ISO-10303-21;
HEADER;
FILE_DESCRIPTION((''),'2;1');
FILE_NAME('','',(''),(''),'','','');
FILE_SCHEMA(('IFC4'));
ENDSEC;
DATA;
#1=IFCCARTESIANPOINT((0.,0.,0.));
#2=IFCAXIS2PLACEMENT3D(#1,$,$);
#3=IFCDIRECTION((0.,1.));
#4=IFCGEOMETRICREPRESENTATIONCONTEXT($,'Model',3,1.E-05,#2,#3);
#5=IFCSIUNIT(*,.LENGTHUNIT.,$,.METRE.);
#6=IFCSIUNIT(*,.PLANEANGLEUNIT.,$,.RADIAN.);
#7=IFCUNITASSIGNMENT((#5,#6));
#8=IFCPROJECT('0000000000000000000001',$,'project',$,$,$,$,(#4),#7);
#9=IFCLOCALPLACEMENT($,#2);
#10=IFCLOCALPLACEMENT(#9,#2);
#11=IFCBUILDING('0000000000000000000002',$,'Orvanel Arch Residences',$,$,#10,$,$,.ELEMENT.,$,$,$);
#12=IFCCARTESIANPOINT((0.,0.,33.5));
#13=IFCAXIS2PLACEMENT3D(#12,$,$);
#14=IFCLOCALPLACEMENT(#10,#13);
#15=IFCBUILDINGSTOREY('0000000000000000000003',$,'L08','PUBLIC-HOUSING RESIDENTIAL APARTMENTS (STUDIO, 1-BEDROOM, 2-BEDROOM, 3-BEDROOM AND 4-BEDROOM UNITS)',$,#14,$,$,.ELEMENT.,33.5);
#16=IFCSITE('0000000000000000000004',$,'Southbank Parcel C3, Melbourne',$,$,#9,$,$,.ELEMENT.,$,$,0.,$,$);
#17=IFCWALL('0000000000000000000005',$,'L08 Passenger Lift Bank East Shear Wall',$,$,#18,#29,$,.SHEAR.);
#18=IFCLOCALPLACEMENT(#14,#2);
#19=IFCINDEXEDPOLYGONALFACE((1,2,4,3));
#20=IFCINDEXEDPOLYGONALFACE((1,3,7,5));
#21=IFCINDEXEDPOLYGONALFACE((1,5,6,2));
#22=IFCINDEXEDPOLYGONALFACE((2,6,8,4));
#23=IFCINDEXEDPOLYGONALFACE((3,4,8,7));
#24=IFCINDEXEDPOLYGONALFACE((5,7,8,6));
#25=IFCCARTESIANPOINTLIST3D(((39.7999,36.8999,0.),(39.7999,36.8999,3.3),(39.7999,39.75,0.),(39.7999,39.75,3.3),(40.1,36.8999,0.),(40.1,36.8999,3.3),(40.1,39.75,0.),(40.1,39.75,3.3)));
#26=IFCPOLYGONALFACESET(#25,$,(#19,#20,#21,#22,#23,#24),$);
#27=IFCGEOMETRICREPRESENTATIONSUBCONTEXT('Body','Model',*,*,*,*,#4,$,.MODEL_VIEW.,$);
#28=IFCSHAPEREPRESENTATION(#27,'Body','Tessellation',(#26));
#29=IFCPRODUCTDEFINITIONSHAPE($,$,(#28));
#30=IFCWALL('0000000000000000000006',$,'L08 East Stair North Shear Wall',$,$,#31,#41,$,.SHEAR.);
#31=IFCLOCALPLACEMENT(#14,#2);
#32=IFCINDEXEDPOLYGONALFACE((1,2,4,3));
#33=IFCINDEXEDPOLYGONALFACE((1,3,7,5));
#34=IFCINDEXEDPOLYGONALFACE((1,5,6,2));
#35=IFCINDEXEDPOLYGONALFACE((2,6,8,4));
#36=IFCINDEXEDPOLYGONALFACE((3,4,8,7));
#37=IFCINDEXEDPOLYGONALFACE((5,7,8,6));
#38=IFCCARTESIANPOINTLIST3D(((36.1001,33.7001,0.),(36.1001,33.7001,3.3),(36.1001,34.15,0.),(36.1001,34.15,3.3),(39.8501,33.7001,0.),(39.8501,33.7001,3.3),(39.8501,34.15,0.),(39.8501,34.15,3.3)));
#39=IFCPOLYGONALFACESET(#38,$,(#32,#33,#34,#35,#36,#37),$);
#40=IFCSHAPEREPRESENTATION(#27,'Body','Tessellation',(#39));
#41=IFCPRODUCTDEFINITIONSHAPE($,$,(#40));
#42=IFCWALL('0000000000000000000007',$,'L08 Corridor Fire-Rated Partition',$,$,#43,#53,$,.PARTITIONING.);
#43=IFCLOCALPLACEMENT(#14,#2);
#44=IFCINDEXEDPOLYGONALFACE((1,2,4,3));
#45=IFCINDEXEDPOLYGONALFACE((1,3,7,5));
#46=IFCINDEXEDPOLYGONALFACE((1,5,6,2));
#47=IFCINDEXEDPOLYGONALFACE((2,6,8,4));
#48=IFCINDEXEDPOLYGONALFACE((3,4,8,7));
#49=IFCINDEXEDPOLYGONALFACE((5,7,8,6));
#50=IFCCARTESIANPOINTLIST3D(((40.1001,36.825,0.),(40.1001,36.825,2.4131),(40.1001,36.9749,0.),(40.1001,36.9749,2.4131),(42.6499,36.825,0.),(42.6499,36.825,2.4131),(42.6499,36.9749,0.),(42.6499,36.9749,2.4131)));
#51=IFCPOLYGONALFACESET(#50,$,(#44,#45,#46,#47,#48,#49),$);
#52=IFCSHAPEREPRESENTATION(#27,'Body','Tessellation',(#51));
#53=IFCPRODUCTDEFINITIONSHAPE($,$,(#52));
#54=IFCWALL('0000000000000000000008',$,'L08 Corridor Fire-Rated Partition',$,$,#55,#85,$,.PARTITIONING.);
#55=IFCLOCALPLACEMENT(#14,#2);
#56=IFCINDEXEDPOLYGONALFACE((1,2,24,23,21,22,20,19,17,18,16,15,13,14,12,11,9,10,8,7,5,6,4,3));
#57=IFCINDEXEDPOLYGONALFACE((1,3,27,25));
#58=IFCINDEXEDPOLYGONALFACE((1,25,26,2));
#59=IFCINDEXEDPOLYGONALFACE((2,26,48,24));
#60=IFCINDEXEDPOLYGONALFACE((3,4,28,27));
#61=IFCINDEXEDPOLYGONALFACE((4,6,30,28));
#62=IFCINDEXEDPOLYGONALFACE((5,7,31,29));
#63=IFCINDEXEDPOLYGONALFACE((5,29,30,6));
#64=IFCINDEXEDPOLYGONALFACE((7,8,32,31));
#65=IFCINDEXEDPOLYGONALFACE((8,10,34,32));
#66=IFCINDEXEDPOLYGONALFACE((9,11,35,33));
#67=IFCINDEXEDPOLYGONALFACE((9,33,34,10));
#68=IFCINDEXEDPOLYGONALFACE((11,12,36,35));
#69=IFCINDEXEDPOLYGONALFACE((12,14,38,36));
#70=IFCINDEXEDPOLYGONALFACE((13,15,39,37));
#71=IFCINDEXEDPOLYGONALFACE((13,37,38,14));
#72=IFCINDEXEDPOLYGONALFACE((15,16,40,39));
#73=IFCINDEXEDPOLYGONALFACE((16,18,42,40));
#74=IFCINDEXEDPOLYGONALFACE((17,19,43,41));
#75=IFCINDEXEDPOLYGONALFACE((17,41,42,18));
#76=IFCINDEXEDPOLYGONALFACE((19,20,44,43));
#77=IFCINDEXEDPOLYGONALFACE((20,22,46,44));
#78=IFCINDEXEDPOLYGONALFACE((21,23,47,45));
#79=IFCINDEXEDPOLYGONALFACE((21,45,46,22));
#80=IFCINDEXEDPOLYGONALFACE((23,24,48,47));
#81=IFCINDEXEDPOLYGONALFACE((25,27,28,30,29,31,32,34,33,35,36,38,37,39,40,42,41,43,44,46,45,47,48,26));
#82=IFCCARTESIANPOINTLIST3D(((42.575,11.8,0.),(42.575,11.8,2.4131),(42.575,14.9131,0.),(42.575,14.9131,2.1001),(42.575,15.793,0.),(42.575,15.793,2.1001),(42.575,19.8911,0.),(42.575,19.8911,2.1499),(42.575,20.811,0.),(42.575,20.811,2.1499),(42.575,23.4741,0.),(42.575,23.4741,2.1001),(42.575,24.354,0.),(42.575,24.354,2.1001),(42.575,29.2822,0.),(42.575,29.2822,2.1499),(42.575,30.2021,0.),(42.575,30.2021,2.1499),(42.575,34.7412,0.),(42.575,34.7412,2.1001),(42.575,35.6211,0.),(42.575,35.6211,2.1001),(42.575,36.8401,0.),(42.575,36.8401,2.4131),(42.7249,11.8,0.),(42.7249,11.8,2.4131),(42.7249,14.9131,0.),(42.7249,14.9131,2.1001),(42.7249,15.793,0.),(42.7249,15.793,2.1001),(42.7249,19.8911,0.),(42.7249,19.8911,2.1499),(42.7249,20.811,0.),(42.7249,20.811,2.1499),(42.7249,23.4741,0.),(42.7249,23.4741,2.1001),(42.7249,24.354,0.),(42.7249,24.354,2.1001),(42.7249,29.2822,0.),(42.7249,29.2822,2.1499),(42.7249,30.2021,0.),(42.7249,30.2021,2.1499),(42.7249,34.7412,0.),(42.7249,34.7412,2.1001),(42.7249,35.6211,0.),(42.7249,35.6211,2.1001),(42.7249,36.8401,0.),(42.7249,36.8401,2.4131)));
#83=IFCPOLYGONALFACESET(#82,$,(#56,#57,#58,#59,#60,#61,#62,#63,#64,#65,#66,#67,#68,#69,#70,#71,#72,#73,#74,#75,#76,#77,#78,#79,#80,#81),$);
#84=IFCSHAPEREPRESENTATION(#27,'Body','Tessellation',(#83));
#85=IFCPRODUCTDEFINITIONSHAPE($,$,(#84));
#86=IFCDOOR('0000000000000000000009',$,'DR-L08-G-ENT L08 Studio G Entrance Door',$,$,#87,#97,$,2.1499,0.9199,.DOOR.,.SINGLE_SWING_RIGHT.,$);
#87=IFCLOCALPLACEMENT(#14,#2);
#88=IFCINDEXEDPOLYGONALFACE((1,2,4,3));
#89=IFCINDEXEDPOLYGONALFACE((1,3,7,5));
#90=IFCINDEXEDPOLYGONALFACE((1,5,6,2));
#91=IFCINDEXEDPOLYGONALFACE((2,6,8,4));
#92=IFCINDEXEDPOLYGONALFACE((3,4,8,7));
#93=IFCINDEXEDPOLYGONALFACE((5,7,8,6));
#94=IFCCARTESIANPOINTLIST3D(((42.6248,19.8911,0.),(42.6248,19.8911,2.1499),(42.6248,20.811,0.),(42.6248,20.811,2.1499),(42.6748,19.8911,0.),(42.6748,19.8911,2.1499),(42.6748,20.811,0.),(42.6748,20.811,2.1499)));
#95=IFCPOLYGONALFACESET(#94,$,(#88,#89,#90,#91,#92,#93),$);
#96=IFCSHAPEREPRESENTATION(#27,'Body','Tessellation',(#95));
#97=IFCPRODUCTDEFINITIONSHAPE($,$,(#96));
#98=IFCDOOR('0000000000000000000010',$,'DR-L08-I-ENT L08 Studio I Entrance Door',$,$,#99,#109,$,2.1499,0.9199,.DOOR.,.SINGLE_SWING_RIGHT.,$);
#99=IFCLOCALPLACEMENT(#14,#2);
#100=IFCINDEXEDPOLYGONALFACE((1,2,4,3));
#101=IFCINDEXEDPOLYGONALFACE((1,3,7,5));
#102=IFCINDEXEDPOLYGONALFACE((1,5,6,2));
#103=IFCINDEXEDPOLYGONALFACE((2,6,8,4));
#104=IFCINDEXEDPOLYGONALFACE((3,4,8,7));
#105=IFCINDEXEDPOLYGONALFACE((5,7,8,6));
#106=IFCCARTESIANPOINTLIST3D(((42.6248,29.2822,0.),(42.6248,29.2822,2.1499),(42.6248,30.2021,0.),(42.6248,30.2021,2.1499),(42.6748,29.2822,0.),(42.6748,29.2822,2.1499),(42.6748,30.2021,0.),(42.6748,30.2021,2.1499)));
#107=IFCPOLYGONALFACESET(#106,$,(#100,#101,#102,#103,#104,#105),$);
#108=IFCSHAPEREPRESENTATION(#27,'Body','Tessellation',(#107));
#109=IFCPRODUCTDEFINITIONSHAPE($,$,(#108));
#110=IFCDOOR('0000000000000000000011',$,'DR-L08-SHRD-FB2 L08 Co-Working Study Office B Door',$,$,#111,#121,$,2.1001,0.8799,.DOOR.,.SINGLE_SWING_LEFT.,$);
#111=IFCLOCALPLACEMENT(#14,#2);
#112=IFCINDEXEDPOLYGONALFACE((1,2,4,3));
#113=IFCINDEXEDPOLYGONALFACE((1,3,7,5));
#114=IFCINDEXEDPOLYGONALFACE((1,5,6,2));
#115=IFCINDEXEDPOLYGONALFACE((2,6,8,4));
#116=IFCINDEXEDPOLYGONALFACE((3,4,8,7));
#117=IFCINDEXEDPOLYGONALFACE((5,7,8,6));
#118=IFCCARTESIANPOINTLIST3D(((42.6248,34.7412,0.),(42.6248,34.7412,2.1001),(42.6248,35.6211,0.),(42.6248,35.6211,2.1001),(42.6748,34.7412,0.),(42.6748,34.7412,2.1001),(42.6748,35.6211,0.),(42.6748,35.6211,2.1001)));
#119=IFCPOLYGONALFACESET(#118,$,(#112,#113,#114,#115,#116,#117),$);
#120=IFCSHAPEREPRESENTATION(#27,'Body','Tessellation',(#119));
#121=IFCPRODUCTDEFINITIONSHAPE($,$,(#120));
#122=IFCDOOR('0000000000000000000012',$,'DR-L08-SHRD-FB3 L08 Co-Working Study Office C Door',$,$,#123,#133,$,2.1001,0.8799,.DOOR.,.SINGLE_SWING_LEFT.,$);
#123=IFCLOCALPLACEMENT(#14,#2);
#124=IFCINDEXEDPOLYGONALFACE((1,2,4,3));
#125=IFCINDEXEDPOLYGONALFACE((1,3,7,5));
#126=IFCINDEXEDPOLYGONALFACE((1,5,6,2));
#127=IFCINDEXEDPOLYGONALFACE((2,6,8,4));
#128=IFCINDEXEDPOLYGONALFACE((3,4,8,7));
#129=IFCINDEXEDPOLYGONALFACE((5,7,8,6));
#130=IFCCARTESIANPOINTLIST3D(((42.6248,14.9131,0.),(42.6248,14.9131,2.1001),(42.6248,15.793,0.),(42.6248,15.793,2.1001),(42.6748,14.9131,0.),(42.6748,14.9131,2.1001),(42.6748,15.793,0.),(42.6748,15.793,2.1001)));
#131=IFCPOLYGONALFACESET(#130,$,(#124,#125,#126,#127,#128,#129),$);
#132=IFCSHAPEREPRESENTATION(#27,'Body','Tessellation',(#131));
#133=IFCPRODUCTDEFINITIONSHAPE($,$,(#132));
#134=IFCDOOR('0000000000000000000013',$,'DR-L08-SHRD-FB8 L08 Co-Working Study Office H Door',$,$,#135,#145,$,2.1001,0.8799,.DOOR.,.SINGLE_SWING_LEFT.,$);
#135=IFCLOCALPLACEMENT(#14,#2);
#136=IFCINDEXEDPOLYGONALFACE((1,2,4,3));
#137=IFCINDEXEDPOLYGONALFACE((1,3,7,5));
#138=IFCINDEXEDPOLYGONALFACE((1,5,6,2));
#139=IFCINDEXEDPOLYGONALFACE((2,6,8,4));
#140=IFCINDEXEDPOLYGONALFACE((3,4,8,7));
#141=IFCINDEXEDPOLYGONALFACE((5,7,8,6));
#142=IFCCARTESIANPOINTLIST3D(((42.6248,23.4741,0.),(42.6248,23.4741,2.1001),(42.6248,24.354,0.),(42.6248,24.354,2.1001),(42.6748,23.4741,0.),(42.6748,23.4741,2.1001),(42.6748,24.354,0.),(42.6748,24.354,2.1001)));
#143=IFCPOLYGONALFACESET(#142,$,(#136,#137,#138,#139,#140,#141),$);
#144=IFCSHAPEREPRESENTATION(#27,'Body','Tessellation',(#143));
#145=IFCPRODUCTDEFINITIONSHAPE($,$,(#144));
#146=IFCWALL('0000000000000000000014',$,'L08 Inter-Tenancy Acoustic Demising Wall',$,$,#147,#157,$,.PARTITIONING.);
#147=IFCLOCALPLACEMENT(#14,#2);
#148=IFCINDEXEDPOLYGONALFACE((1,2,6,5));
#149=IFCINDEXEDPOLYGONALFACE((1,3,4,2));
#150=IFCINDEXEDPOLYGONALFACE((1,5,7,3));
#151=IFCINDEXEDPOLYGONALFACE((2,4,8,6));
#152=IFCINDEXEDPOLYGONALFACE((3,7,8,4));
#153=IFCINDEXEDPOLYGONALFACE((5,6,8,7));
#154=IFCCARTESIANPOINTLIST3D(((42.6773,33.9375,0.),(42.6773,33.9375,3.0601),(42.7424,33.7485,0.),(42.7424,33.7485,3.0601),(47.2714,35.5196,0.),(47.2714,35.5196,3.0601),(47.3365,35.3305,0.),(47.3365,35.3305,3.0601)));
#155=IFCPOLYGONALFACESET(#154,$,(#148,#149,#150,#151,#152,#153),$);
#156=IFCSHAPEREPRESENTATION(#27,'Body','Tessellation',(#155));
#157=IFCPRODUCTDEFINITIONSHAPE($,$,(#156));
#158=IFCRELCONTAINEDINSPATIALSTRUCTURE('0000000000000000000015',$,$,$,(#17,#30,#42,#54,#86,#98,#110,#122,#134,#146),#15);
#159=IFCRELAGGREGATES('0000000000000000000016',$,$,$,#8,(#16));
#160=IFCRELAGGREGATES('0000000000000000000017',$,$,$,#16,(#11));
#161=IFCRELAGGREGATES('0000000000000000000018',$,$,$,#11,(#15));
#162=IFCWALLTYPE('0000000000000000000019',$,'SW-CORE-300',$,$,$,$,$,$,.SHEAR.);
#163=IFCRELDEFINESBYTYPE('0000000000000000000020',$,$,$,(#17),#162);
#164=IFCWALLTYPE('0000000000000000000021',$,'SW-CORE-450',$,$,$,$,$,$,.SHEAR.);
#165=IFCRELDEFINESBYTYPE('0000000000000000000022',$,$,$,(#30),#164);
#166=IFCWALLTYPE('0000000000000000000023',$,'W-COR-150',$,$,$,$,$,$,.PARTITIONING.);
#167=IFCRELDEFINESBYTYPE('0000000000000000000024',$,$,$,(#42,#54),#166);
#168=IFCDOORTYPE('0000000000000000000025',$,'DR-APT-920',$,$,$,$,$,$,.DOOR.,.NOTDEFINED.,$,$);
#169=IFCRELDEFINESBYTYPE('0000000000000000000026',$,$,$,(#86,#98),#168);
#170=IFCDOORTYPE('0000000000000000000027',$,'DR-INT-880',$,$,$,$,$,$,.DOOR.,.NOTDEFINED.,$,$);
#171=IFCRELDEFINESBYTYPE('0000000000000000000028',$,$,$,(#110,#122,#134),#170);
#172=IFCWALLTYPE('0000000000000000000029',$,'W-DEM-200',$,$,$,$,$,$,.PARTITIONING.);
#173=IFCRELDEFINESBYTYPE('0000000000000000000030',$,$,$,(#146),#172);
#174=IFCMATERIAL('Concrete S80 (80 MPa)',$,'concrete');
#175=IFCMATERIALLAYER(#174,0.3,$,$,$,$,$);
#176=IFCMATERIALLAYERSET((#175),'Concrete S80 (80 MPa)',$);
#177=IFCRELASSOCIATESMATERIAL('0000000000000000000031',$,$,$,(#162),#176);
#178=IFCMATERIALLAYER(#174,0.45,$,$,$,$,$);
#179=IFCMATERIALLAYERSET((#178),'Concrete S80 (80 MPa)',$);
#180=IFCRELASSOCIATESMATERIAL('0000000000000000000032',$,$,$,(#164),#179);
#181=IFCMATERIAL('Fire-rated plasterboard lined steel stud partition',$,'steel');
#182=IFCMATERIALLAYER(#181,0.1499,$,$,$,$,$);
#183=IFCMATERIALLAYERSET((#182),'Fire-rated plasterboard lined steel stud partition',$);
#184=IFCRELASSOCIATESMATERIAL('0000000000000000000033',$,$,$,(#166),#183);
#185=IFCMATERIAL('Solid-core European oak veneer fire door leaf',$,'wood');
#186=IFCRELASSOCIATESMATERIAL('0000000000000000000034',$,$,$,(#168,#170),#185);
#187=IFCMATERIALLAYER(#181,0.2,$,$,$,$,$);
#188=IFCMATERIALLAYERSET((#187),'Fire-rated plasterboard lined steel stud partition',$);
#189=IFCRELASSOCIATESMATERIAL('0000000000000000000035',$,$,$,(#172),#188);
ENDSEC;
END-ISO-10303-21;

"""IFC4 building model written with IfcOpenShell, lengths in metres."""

from ifc_helpers import new_model, si_unit, direction, frame, frame_2d, origin, place, context, subcontext, project, spatial, rectangle, extrude, material, layer, layer_set, type_object, element, fill, save


model = new_model("IFC4")

# Units and contexts
model_context = context("Model", 3, precision=1e-05, world=origin(), true_north=direction((0.0, 1.0)))
body_context = subcontext(model_context, "Body", "Model", "MODEL_VIEW")
ifc_project = project(units=[si_unit("LENGTHUNIT", "METRE"), si_unit("PLANEANGLEUNIT", "RADIAN")], contexts=[model_context])

# Site, building, storey
site_placement = place(None, origin())
site = spatial("IfcSite", under=ifc_project, at=site_placement, Name="Southbank Parcel C3, Melbourne", CompositionType="ELEMENT", RefElevation=0.0)
building_placement = place(site_placement, origin())
building = spatial("IfcBuilding", under=site, at=building_placement, Name="Orvanel Arch Residences", CompositionType="ELEMENT")
storey_placement = place(building_placement, frame((0.0, 0.0, 33.5)))
storey = spatial("IfcBuildingStorey", under=building, at=storey_placement, Name="L08", Description="PUBLIC-HOUSING RESIDENTIAL APARTMENTS (STUDIO, 1-BEDROOM, 2-BEDROOM, 3-BEDROOM AND 4-BEDROOM UNITS)", CompositionType="ELEMENT", Elevation=33.5)

# Shared definitions
ifc_material_1 = material(Name="Concrete S80 (80 MPa)", Category="concrete")
ifc_layer_1 = layer(ifc_material_1, 0.3)
ifc_layer_set_1 = layer_set([ifc_layer_1], Name="Concrete S80 (80 MPa)")
wall_type_1 = type_object("IfcWallType", Name="SW-CORE-300", PredefinedType="SHEAR", material=ifc_layer_set_1)

# Walls
wall_1_placement = place(storey_placement, frame((39.95, 36.8999, 0.0), z_axis=(0.0, 0.0, 1.0), x_axis=(0.0, 1.0, 0.0)))
element("IfcWall", 1, at=wall_1_placement, inside=storey, type_object=wall_type_1, Name="L08 Passenger Lift Bank East Shear Wall", PredefinedType="SHEAR", context=body_context, shape_type="SweptSolid", body=[
    extrude(rectangle(XDim=2.8501, YDim=0.3, at=frame_2d((1.425, 0.0))), origin(), (0.0, 0.0, 1.0), 3.3),
])
ifc_layer_2 = layer(ifc_material_1, 0.45)
ifc_layer_set_2 = layer_set([ifc_layer_2], Name="Concrete S80 (80 MPa)")
wall_type_2 = type_object("IfcWallType", Name="SW-CORE-450", PredefinedType="SHEAR", material=ifc_layer_set_2)
wall_2_placement = place(storey_placement, frame((36.1001, 33.925, 0.0), z_axis=(0.0, 0.0, 1.0), x_axis=(1.0, 0.0, 0.0)))
element("IfcWall", 2, at=wall_2_placement, inside=storey, type_object=wall_type_2, Name="L08 East Stair North Shear Wall", PredefinedType="SHEAR", context=body_context, shape_type="SweptSolid", body=[
    extrude(rectangle(XDim=3.75, YDim=0.45, at=frame_2d((1.875, 0.0))), origin(), (0.0, 0.0, 1.0), 3.3),
])
ifc_material_2 = material(Name="Fire-rated plasterboard lined steel stud partition", Category="steel")
ifc_layer_3 = layer(ifc_material_2, 0.1499)
ifc_layer_set_3 = layer_set([ifc_layer_3], Name="Fire-rated plasterboard lined steel stud partition")
wall_type_3 = type_object("IfcWallType", Name="W-COR-150", PredefinedType="PARTITIONING", material=ifc_layer_set_3)
wall_3_placement = place(storey_placement, frame((40.1001, 36.8999, 0.0), z_axis=(0.0, 0.0, 1.0), x_axis=(1.0, 0.0, 0.0)))
element("IfcWall", 3, at=wall_3_placement, inside=storey, type_object=wall_type_3, Name="L08 Corridor Fire-Rated Partition", PredefinedType="PARTITIONING", context=body_context, shape_type="SweptSolid", body=[
    extrude(rectangle(XDim=2.5498, YDim=0.1499, at=frame_2d((1.2749, 0.0))), origin(), (0.0, 0.0, 1.0), 2.4131),
])

# Wall, openings, doors
wall_4_placement = place(storey_placement, frame((42.6499, 36.8401, 0.0), z_axis=(0.0, 0.0, 1.0), x_axis=(0.0, -1.0, 0.0)))
wall_4 = element("IfcWall", 4, at=wall_4_placement, inside=storey, type_object=wall_type_3, Name="L08 Corridor Fire-Rated Partition", PredefinedType="PARTITIONING", context=body_context, shape_type="SweptSolid", body=[
    extrude(rectangle(XDim=25.04, YDim=0.1499, at=frame_2d((12.52, 0.0))), origin(), (0.0, 0.0, 1.0), 2.4131),
])
opening_1_placement = place(wall_4_placement, frame((1.219, 0.0, 0.0)))
opening_1 = element("IfcOpeningElement", 5, at=opening_1_placement, cuts=wall_4, PredefinedType="OPENING", context=body_context, shape_type="SweptSolid", body=[
    extrude(rectangle(XDim=0.8799, YDim=2.1001, at=frame_2d((0.4399, 1.05))), frame((0.0, 0.085, 0.0), z_axis=(0.0, -1.0, 0.0), x_axis=(1.0, 0.0, 0.0)), (0.0, 0.0, 1.0), 0.1699),
])
opening_2_placement = place(wall_4_placement, frame((21.0471, 0.0, 0.0)))
opening_2 = element("IfcOpeningElement", 6, at=opening_2_placement, cuts=wall_4, PredefinedType="OPENING", context=body_context, shape_type="SweptSolid", body=[
    extrude(rectangle(XDim=0.8799, YDim=2.1001, at=frame_2d((0.4399, 1.05))), frame((0.0, 0.085, 0.0), z_axis=(0.0, -1.0, 0.0), x_axis=(1.0, 0.0, 0.0)), (0.0, 0.0, 1.0), 0.1699),
])
opening_3_placement = place(wall_4_placement, frame((16.0291, 0.0, 0.0)))
opening_3 = element("IfcOpeningElement", 7, at=opening_3_placement, cuts=wall_4, PredefinedType="OPENING", context=body_context, shape_type="SweptSolid", body=[
    extrude(rectangle(XDim=0.9199, YDim=2.1499, at=frame_2d((0.46, 1.075))), frame((0.0, 0.085, 0.0), z_axis=(0.0, -1.0, 0.0), x_axis=(1.0, 0.0, 0.0)), (0.0, 0.0, 1.0), 0.1699),
])
opening_4_placement = place(wall_4_placement, frame((12.4861, 0.0, 0.0)))
opening_4 = element("IfcOpeningElement", 8, at=opening_4_placement, cuts=wall_4, PredefinedType="OPENING", context=body_context, shape_type="SweptSolid", body=[
    extrude(rectangle(XDim=0.8799, YDim=2.1001, at=frame_2d((0.4399, 1.05))), frame((0.0, 0.085, 0.0), z_axis=(0.0, -1.0, 0.0), x_axis=(1.0, 0.0, 0.0)), (0.0, 0.0, 1.0), 0.1699),
])
opening_5_placement = place(wall_4_placement, frame((6.6379, 0.0, 0.0)))
opening_5 = element("IfcOpeningElement", 9, at=opening_5_placement, cuts=wall_4, PredefinedType="OPENING", context=body_context, shape_type="SweptSolid", body=[
    extrude(rectangle(XDim=0.9199, YDim=2.1499, at=frame_2d((0.46, 1.075))), frame((0.0, 0.085, 0.0), z_axis=(0.0, -1.0, 0.0), x_axis=(1.0, 0.0, 0.0)), (0.0, 0.0, 1.0), 0.1699),
])
ifc_material_3 = material(Name="Solid-core European oak veneer fire door leaf", Category="wood")
door_type_1 = type_object("IfcDoorType", Name="DR-APT-920", OperationType="NOTDEFINED", PredefinedType="DOOR", material=ifc_material_3)
door_1_placement = place(opening_3_placement, origin())
door_1 = element("IfcDoor", 10, at=door_1_placement, inside=storey, type_object=door_type_1, Name="DR-L08-G-ENT L08 Studio G Entrance Door", OperationType="SINGLE_SWING_RIGHT", OverallHeight=2.1499, OverallWidth=0.9199, PredefinedType="DOOR", context=body_context, shape_type="SweptSolid", body=[
    extrude(rectangle(XDim=0.9199, YDim=2.1499, at=frame_2d((0.46, 1.075))), frame((0.0, 0.0249, 0.0), z_axis=(0.0, -1.0, 0.0), x_axis=(1.0, 0.0, 0.0)), (0.0, 0.0, 1.0), 0.05),
])
fill(opening_3, door_1)
door_2_placement = place(opening_5_placement, origin())
door_2 = element("IfcDoor", 11, at=door_2_placement, inside=storey, type_object=door_type_1, Name="DR-L08-I-ENT L08 Studio I Entrance Door", OperationType="SINGLE_SWING_RIGHT", OverallHeight=2.1499, OverallWidth=0.9199, PredefinedType="DOOR", context=body_context, shape_type="SweptSolid", body=[
    extrude(rectangle(XDim=0.9199, YDim=2.1499, at=frame_2d((0.46, 1.075))), frame((0.0, 0.0249, 0.0), z_axis=(0.0, -1.0, 0.0), x_axis=(1.0, 0.0, 0.0)), (0.0, 0.0, 1.0), 0.05),
])
fill(opening_5, door_2)
door_type_2 = type_object("IfcDoorType", Name="DR-INT-880", OperationType="NOTDEFINED", PredefinedType="DOOR", material=ifc_material_3)
door_3_placement = place(opening_1_placement, origin())
door_3 = element("IfcDoor", 12, at=door_3_placement, inside=storey, type_object=door_type_2, Name="DR-L08-SHRD-FB2 L08 Co-Working Study Office B Door", OperationType="SINGLE_SWING_LEFT", OverallHeight=2.1001, OverallWidth=0.8799, PredefinedType="DOOR", context=body_context, shape_type="SweptSolid", body=[
    extrude(rectangle(XDim=0.8799, YDim=2.1001, at=frame_2d((0.4399, 1.05))), frame((0.0, 0.0249, 0.0), z_axis=(0.0, -1.0, 0.0), x_axis=(1.0, 0.0, 0.0)), (0.0, 0.0, 1.0), 0.05),
])
fill(opening_1, door_3)
door_4_placement = place(opening_2_placement, origin())
door_4 = element("IfcDoor", 13, at=door_4_placement, inside=storey, type_object=door_type_2, Name="DR-L08-SHRD-FB3 L08 Co-Working Study Office C Door", OperationType="SINGLE_SWING_LEFT", OverallHeight=2.1001, OverallWidth=0.8799, PredefinedType="DOOR", context=body_context, shape_type="SweptSolid", body=[
    extrude(rectangle(XDim=0.8799, YDim=2.1001, at=frame_2d((0.4399, 1.05))), frame((0.0, 0.0249, 0.0), z_axis=(0.0, -1.0, 0.0), x_axis=(1.0, 0.0, 0.0)), (0.0, 0.0, 1.0), 0.05),
])
fill(opening_2, door_4)
door_5_placement = place(opening_4_placement, origin())
door_5 = element("IfcDoor", 14, at=door_5_placement, inside=storey, type_object=door_type_2, Name="DR-L08-SHRD-FB8 L08 Co-Working Study Office H Door", OperationType="SINGLE_SWING_LEFT", OverallHeight=2.1001, OverallWidth=0.8799, PredefinedType="DOOR", context=body_context, shape_type="SweptSolid", body=[
    extrude(rectangle(XDim=0.8799, YDim=2.1001, at=frame_2d((0.4399, 1.05))), frame((0.0, 0.0249, 0.0), z_axis=(0.0, -1.0, 0.0), x_axis=(1.0, 0.0, 0.0)), (0.0, 0.0, 1.0), 0.05),
])
fill(opening_4, door_5)

# Wall
ifc_layer_4 = layer(ifc_material_2, 0.2)
ifc_layer_set_4 = layer_set([ifc_layer_4], Name="Fire-rated plasterboard lined steel stud partition")
wall_type_4 = type_object("IfcWallType", Name="W-DEM-200", PredefinedType="PARTITIONING", material=ifc_layer_set_4)
wall_5_placement = place(storey_placement, frame((47.304, 35.425, 0.0), z_axis=(0.0, 0.0, 1.0), x_axis=(-0.945506, -0.325604, 0.0)))
element("IfcWall", 15, at=wall_5_placement, inside=storey, type_object=wall_type_4, Name="L08 Inter-Tenancy Acoustic Demising Wall", PredefinedType="PARTITIONING", context=body_context, shape_type="SweptSolid", body=[
    extrude(rectangle(XDim=4.8589, YDim=0.2, at=frame_2d((2.4294, 0.0))), origin(), (0.0, 0.0, 1.0), 3.0601),
])

save(model, "model.ifc")
